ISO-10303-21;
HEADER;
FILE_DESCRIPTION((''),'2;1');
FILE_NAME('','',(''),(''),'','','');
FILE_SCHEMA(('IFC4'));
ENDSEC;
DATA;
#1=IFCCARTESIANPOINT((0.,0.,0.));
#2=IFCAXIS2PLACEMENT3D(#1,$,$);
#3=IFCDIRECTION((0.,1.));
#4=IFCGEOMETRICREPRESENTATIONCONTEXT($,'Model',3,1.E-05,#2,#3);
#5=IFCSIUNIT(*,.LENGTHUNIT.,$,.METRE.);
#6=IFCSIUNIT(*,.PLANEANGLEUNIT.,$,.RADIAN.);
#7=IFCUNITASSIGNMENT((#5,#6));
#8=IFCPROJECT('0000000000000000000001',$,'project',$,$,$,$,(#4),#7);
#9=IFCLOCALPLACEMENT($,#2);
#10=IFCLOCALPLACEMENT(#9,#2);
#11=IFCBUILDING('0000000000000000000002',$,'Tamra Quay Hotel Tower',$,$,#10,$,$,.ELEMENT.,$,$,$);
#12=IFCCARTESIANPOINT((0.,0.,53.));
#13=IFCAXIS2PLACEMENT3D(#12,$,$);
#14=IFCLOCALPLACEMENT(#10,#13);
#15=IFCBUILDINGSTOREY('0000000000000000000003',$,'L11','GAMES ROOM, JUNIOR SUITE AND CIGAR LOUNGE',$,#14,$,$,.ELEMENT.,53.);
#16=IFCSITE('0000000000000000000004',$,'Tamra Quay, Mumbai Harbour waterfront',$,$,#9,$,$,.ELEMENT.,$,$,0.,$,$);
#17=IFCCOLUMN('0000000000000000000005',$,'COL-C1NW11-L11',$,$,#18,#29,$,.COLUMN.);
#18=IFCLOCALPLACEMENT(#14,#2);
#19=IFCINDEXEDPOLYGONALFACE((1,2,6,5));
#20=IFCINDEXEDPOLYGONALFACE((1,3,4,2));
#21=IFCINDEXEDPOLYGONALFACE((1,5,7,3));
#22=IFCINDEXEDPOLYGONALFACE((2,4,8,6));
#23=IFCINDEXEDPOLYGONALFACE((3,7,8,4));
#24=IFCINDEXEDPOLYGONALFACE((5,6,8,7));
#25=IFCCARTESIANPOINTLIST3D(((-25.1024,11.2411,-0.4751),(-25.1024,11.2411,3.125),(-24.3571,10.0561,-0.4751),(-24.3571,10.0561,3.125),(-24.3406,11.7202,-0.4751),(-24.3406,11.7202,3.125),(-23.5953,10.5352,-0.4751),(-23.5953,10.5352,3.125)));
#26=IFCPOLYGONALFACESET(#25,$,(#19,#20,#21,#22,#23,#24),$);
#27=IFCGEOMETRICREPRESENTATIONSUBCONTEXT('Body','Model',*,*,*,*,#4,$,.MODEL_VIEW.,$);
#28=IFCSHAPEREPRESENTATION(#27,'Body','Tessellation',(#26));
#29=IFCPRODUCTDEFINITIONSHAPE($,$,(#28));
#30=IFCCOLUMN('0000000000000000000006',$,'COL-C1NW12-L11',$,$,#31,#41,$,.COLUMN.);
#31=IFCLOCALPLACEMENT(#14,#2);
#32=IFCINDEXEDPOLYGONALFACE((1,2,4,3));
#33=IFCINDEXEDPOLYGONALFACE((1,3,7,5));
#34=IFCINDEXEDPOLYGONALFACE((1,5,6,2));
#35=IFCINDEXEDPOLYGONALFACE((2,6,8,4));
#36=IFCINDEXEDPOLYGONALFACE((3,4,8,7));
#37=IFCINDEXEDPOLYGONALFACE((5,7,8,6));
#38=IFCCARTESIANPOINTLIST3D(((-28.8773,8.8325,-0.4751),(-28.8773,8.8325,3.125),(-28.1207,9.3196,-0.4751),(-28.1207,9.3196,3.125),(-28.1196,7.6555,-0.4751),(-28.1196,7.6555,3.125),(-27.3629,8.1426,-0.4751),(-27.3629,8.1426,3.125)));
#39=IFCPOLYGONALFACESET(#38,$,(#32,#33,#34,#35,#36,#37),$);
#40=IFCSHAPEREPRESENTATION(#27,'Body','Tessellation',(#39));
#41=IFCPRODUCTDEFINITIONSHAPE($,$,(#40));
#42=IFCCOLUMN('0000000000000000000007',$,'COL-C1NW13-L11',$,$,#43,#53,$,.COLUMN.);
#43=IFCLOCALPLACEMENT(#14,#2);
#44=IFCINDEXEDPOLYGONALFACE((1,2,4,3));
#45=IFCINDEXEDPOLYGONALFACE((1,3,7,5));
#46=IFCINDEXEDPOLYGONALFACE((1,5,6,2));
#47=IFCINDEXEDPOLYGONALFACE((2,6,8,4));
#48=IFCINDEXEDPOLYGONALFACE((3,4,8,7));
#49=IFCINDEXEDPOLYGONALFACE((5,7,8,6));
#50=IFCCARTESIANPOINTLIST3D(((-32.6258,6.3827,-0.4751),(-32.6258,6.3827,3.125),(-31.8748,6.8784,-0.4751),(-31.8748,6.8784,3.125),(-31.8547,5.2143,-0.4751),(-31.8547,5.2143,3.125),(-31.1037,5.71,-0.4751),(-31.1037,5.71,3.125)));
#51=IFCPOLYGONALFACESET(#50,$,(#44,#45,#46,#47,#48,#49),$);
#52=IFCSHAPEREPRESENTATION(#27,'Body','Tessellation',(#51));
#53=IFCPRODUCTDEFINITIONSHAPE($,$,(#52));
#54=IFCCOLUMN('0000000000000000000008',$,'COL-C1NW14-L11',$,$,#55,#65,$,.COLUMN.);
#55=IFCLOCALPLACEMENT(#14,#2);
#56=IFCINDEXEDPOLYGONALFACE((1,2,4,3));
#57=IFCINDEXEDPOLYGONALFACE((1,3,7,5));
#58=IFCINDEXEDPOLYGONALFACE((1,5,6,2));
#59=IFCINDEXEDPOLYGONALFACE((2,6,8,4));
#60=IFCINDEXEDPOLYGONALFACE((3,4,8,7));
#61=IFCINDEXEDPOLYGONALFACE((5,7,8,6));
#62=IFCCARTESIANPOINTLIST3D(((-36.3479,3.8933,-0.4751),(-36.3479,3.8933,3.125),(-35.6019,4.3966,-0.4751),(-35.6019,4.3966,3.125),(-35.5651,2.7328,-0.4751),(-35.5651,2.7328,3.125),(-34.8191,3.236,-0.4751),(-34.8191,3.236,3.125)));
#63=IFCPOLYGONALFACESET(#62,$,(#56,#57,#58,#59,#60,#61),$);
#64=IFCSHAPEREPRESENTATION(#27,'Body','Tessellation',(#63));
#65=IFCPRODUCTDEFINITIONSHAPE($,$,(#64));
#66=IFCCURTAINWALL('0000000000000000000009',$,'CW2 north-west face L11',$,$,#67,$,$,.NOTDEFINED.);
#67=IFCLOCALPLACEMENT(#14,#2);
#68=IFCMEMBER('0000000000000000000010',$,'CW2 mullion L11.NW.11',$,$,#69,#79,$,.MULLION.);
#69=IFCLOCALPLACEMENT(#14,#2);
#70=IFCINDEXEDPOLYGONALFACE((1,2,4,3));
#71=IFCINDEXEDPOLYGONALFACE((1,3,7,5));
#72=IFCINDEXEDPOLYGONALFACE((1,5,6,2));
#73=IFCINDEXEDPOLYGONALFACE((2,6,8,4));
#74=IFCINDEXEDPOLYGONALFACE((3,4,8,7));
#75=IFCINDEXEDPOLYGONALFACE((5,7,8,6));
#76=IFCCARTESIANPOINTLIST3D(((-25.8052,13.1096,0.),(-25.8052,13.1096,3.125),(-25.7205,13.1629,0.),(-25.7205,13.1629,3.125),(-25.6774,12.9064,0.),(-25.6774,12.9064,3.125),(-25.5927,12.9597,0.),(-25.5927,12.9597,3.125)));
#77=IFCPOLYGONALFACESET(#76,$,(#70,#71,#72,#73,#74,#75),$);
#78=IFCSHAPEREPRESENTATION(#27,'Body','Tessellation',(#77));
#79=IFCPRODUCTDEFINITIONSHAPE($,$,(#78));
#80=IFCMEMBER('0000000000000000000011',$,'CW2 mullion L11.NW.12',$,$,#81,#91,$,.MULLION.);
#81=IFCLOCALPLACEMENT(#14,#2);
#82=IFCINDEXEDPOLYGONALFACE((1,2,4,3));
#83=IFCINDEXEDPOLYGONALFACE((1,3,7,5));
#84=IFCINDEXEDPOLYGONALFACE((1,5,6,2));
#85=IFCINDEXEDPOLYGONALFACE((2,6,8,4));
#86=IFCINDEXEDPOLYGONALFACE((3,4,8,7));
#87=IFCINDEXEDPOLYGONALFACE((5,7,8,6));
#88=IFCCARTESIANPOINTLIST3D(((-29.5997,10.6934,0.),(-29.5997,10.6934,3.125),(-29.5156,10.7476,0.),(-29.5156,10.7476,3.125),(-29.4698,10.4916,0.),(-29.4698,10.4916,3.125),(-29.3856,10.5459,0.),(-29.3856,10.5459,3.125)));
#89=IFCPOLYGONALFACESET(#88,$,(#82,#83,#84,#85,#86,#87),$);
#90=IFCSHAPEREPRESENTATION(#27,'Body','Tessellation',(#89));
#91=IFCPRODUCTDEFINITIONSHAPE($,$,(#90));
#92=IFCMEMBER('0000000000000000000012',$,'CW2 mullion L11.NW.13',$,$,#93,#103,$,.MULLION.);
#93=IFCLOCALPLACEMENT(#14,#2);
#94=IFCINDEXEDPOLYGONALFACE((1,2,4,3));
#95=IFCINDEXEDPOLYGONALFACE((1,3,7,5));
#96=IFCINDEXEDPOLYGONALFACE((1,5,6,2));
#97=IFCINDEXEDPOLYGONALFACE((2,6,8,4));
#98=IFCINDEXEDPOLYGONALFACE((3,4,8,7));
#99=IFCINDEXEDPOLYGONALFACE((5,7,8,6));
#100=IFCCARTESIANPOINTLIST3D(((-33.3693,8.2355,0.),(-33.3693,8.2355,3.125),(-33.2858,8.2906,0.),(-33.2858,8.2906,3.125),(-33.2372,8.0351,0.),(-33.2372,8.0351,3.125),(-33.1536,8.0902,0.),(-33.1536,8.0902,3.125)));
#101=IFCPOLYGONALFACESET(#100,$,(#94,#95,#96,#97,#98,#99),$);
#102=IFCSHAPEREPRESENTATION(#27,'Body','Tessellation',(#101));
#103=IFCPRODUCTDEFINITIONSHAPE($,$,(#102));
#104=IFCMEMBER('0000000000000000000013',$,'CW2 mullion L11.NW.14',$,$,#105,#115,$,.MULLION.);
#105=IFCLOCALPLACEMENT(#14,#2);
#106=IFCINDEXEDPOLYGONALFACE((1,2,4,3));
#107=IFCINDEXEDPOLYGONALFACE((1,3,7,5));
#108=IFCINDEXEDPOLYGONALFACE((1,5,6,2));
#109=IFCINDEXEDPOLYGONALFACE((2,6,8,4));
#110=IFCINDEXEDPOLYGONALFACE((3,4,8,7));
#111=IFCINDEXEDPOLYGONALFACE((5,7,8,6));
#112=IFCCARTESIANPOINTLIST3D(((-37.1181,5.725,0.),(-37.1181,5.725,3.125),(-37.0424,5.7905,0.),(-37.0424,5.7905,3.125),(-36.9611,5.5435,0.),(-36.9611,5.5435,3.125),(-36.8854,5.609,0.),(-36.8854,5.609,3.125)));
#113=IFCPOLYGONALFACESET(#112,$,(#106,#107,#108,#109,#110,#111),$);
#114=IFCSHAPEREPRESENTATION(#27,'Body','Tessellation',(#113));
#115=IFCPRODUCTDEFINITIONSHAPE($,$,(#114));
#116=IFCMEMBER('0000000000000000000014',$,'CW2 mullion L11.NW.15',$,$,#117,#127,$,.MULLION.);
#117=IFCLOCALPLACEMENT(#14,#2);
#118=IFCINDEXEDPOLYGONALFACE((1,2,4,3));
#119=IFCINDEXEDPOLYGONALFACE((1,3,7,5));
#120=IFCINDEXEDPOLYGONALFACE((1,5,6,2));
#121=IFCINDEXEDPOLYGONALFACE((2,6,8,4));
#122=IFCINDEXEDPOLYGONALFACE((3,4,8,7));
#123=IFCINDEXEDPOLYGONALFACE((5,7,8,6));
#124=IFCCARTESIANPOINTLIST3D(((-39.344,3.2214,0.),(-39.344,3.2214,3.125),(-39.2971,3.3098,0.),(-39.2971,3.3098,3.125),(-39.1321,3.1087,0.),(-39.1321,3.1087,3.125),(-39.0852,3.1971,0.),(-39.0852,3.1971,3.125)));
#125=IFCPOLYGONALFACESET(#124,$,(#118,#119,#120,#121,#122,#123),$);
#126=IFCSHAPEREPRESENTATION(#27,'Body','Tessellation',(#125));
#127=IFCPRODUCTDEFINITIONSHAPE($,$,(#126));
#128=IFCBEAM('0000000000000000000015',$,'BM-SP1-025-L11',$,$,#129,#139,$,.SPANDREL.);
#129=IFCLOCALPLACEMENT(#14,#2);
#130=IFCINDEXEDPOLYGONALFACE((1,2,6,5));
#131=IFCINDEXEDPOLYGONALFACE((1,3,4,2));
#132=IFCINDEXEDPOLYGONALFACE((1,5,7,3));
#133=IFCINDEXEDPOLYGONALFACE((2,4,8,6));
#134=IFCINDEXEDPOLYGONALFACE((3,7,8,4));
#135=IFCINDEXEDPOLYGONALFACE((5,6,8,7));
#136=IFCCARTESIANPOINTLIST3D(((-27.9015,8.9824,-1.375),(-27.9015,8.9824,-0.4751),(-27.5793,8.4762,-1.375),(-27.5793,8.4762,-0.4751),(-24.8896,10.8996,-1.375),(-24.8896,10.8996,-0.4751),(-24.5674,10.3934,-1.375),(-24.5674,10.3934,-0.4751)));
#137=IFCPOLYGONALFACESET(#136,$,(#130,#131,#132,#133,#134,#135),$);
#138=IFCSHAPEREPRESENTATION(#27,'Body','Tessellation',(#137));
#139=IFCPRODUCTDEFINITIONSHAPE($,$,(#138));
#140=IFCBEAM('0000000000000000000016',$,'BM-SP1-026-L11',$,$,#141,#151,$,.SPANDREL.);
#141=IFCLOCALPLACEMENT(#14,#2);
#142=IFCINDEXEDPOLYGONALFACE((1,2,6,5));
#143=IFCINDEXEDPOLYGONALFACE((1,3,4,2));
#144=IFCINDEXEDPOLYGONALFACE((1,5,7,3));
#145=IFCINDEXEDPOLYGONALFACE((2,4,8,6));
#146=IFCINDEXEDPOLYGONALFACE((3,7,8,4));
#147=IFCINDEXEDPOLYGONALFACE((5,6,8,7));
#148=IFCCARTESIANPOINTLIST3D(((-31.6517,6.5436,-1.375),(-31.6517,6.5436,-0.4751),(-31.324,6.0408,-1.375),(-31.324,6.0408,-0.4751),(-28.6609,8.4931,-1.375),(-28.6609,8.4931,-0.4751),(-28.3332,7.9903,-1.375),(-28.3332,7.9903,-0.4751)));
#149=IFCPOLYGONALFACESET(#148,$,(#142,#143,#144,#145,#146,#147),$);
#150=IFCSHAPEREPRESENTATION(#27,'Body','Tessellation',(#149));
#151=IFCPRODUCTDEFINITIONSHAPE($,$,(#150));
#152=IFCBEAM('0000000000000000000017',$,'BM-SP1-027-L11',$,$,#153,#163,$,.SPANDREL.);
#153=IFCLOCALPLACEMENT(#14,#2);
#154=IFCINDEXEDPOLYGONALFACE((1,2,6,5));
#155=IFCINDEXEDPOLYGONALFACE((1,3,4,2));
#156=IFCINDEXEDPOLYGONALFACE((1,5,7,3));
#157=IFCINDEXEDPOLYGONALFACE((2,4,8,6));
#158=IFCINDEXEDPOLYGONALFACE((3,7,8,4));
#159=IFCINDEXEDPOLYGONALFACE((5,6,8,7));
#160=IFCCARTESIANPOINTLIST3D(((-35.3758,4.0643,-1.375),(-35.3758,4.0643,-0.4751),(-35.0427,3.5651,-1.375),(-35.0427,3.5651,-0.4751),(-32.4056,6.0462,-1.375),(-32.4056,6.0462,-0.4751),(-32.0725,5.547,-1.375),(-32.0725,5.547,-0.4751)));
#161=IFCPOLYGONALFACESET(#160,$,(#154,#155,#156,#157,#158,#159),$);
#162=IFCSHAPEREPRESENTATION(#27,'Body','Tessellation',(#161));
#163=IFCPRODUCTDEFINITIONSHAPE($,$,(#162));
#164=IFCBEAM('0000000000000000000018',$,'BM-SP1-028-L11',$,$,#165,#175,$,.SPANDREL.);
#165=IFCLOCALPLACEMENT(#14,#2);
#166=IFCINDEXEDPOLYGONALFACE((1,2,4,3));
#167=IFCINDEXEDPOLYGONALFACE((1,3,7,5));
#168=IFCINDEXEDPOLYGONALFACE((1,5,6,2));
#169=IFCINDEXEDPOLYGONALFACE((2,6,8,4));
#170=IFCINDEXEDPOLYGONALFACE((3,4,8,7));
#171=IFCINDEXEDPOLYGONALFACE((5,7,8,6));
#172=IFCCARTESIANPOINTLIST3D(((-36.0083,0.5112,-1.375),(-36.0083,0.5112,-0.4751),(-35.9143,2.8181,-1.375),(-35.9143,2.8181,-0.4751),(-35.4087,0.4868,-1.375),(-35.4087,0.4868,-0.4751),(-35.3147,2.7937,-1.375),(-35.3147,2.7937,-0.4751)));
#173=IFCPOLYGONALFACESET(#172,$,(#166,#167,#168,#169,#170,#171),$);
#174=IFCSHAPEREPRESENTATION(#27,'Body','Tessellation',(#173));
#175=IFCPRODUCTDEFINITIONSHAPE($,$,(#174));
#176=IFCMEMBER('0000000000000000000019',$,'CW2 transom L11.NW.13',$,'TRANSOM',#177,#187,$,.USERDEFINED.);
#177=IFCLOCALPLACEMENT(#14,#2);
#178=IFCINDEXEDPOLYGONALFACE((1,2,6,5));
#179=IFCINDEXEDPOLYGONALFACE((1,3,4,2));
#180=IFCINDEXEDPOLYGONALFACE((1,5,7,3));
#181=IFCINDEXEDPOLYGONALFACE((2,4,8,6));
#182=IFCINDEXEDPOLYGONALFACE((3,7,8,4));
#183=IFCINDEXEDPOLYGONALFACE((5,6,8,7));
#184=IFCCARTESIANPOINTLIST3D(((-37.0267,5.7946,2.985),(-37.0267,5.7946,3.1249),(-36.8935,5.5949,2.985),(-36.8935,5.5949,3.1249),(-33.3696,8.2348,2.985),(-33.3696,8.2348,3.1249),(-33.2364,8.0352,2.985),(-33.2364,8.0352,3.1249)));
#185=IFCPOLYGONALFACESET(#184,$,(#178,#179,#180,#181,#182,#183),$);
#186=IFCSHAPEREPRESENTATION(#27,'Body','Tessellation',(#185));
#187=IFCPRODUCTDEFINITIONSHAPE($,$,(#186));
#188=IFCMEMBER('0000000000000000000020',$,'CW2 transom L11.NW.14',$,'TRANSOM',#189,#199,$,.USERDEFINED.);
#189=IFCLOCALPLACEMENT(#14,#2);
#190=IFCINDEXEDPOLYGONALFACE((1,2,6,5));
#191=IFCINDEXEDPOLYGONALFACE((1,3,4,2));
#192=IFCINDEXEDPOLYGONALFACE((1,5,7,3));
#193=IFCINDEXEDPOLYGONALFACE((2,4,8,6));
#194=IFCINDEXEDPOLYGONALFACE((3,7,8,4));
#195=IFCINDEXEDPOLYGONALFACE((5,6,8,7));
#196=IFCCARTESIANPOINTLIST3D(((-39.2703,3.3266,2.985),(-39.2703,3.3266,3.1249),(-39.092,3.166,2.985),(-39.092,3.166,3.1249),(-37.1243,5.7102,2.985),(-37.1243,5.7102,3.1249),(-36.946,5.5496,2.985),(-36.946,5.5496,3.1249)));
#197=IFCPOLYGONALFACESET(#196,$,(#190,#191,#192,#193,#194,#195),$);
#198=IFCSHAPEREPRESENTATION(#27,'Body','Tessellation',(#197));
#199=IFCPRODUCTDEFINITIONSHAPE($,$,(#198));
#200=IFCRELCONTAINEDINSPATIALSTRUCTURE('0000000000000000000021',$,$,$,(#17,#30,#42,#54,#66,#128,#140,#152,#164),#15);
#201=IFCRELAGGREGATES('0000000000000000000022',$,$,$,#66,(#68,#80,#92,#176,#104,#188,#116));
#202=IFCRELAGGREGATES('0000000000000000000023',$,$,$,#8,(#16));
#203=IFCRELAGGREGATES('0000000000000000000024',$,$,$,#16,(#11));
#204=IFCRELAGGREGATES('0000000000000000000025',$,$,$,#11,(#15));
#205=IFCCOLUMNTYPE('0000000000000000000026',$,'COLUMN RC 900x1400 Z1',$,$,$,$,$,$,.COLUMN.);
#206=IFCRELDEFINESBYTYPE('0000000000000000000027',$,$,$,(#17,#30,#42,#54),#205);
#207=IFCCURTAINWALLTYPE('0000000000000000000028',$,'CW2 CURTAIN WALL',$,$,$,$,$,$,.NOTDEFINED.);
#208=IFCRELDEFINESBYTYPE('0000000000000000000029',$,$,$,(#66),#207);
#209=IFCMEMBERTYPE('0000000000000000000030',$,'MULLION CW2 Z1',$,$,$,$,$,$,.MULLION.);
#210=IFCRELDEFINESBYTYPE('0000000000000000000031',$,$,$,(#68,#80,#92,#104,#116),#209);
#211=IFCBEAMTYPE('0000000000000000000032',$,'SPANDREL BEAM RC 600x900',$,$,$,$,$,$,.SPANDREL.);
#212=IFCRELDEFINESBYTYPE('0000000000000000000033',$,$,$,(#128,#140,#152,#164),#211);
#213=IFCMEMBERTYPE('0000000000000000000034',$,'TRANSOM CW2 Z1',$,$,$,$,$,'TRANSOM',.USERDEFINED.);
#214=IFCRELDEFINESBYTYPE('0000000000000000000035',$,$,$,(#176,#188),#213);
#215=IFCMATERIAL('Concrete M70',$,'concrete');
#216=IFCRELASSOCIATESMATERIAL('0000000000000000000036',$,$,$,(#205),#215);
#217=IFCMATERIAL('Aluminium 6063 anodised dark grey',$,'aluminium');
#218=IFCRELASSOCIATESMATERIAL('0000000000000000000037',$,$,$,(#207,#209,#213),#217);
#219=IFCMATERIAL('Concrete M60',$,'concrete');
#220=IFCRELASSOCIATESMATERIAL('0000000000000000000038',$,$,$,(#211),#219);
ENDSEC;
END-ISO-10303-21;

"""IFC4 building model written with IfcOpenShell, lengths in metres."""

from ifc_helpers import new_model, si_unit, direction, frame, origin, origin_2d, place, context, subcontext, project, spatial, rectangle, extrude, material, material_profile, profile_set, type_object, element, aggregate, save


model = new_model("IFC4")

# Units and contexts
model_context = context("Model", 3, precision=1e-05, world=origin(), true_north=direction((0.0, 1.0)))
body_context = subcontext(model_context, "Body", "Model", "MODEL_VIEW")
ifc_project = project(units=[si_unit("LENGTHUNIT", "METRE"), si_unit("PLANEANGLEUNIT", "RADIAN")], contexts=[model_context])

# Site, building, storey
site_placement = place(None, origin())
site = spatial("IfcSite", under=ifc_project, at=site_placement, Name="Tamra Quay, Mumbai Harbour waterfront", CompositionType="ELEMENT", RefElevation=0.0)
building_placement = place(site_placement, origin())
building = spatial("IfcBuilding", under=site, at=building_placement, Name="Tamra Quay Hotel Tower", CompositionType="ELEMENT")
storey_placement = place(building_placement, frame((0.0, 0.0, 53.0)))
storey = spatial("IfcBuildingStorey", under=building, at=storey_placement, Name="L11", Description="GAMES ROOM, JUNIOR SUITE AND CIGAR LOUNGE", CompositionType="ELEMENT", Elevation=53.0)

# Columns
ifc_material_1 = material(Name="Concrete M70", Category="concrete")
ifc_material_profile_1 = material_profile(ifc_material_1, rectangle(XDim=1.3999, YDim=0.8999, at=origin_2d()), Name="COLUMN RC 900x1400 Z1")
ifc_profile_set_1 = profile_set([ifc_material_profile_1], Name="Concrete M70")
column_type = type_object("IfcColumnType", Name="COLUMN RC 900x1400 Z1", PredefinedType="COLUMN", material=ifc_profile_set_1)
for number, where, z_axis, x_axis, name in (
    (1, (-24.3489, 10.8882, -0.4751), (0.0, 0.0, 1.0), (-0.532389, 0.8465, 0.0), "COL-C1NW11-L11"),
    (2, (-28.1201, 8.4875, -0.4751), (0.0, 0.0, 1.0), (-0.541283, 0.840841, 0.0), "COL-C1NW12-L11"),
    (3, (-31.8647, 6.0464, -0.4751), (0.0, 0.0, 1.0), (-0.550838, 0.834612, 0.0), "COL-C1NW13-L11"),
    (4, (-35.5835, 3.5647, -0.4751), (0.0, 0.0, 1.0), (-0.55922, 0.829019, 0.0), "COL-C1NW14-L11"),
):
    element("IfcColumn", number, at=place(storey_placement, frame(where, z_axis=z_axis, x_axis=x_axis)), inside=storey, type_object=column_type, Name=name, PredefinedType="COLUMN", context=body_context, shape_type="SweptSolid", body=[
        extrude(rectangle(XDim=1.3999, YDim=0.8999, at=origin_2d()), origin(), (0.0, 0.0, 1.0), 3.6001),
    ])

# Curtain wall, members
ifc_material_2 = material(Name="Aluminium 6063 anodised dark grey", Category="aluminium")
curtain_wall_type = type_object("IfcCurtainWallType", Name="CW2 CURTAIN WALL", PredefinedType="NOTDEFINED", material=ifc_material_2)
curtain_wall_placement = place(storey_placement, origin())
curtain_wall = element("IfcCurtainWall", 5, at=curtain_wall_placement, inside=storey, type_object=curtain_wall_type, Name="CW2 north-west face L11", PredefinedType="NOTDEFINED")
ifc_material_profile_2 = material_profile(ifc_material_2, rectangle(XDim=0.24, YDim=0.1001, at=origin_2d()), Name="MULLION 100X240")
ifc_profile_set_2 = profile_set([ifc_material_profile_2], Name="Aluminium 6063 anodised dark grey")
member_type_1 = type_object("IfcMemberType", Name="MULLION CW2 Z1", PredefinedType="MULLION", material=ifc_profile_set_2)
member_1_placement = place(storey_placement, frame((-25.699, 13.0347, 0.0), z_axis=(0.0, 0.0, 1.0), x_axis=(-0.532447, 0.846463, 0.0)))
member_1 = element("IfcMember", 6, at=member_1_placement, type_object=member_type_1, Name="CW2 mullion L11.NW.11", PredefinedType="MULLION", context=body_context, shape_type="SweptSolid", body=[
    extrude(rectangle(XDim=0.24, YDim=0.1001, at=origin_2d()), origin(), (0.0, 0.0, 1.0), 3.125),
])
member_2_placement = place(storey_placement, frame((-29.4927, 10.6196, 0.0), z_axis=(0.0, 0.0, 1.0), x_axis=(-0.541561, 0.840662, 0.0)))
member_2 = element("IfcMember", 7, at=member_2_placement, type_object=member_type_1, Name="CW2 mullion L11.NW.12", PredefinedType="MULLION", context=body_context, shape_type="SweptSolid", body=[
    extrude(rectangle(XDim=0.24, YDim=0.1001, at=origin_2d()), origin(), (0.0, 0.0, 1.0), 3.125),
])
member_3_placement = place(storey_placement, frame((-33.2615, 8.1628, 0.0), z_axis=(0.0, 0.0, 1.0), x_axis=(-0.550591, 0.834775, 0.0)))
member_3 = element("IfcMember", 8, at=member_3_placement, type_object=member_type_1, Name="CW2 mullion L11.NW.13", PredefinedType="MULLION", context=body_context, shape_type="SweptSolid", body=[
    extrude(rectangle(XDim=0.24, YDim=0.1001, at=origin_2d()), origin(), (0.0, 0.0, 1.0), 3.125),
])
member_4_placement = place(storey_placement, frame((-37.0017, 5.667, 0.0), z_axis=(0.0, 0.0, 1.0), x_axis=(-0.654197, 0.756324, 0.0)))
member_4 = element("IfcMember", 9, at=member_4_placement, type_object=member_type_1, Name="CW2 mullion L11.NW.14", PredefinedType="MULLION", context=body_context, shape_type="SweptSolid", body=[
    extrude(rectangle(XDim=0.24, YDim=0.1001, at=origin_2d()), origin(), (0.0, 0.0, 1.0), 3.125),
])
member_5_placement = place(storey_placement, frame((-39.2146, 3.2092, 0.0), z_axis=(0.0, 0.0, 1.0), x_axis=(-0.882955, 0.469457, 0.0)))
member_5 = element("IfcMember", 10, at=member_5_placement, type_object=member_type_1, Name="CW2 mullion L11.NW.15", PredefinedType="MULLION", context=body_context, shape_type="SweptSolid", body=[
    extrude(rectangle(XDim=0.24, YDim=0.1001, at=origin_2d()), origin(), (0.0, 0.0, 1.0), 3.125),
])

# Beams
ifc_material_3 = material(Name="Concrete M60", Category="concrete")
ifc_material_profile_3 = material_profile(ifc_material_3, rectangle(XDim=0.6001, YDim=0.8999, at=origin_2d()), Name="SPANDREL BEAM RC 600x900")
ifc_profile_set_3 = profile_set([ifc_material_profile_3], Name="Concrete M60")
beam_type = type_object("IfcBeamType", Name="SPANDREL BEAM RC 600x900", PredefinedType="SPANDREL", material=ifc_profile_set_3)
beam_1_placement = place(storey_placement, frame((-24.7285, 10.6465, -0.925), z_axis=(-0.843594, -0.536982, 0.0), x_axis=(0.536982, -0.843594, 0.0)))
element("IfcBeam", 11, at=beam_1_placement, inside=storey, type_object=beam_type, Name="BM-SP1-025-L11", PredefinedType="SPANDREL", context=body_context, shape_type="SweptSolid", body=[
    extrude(rectangle(XDim=0.6001, YDim=0.8999, at=origin_2d()), origin(), (0.0, 0.0, 1.0), 3.5703),
])
beam_2_placement = place(storey_placement, frame((-28.4971, 8.2417, -0.925), z_axis=(-0.83774, -0.54607, 0.0), x_axis=(0.54607, -0.83774, 0.0)))
element("IfcBeam", 12, at=beam_2_placement, inside=storey, type_object=beam_type, Name="BM-SP1-026-L11", PredefinedType="SPANDREL", context=body_context, shape_type="SweptSolid", body=[
    extrude(rectangle(XDim=0.6001, YDim=0.8999, at=origin_2d()), origin(), (0.0, 0.0, 1.0), 3.5701),
])
beam_3_placement = place(storey_placement, frame((-32.239, 5.7966, -0.925), z_axis=(-0.831819, -0.555047, 0.0), x_axis=(0.555047, -0.831819, 0.0)))
element("IfcBeam", 13, at=beam_3_placement, inside=storey, type_object=beam_type, Name="BM-SP1-027-L11", PredefinedType="SPANDREL", context=body_context, shape_type="SweptSolid", body=[
    extrude(rectangle(XDim=0.6001, YDim=0.8999, at=origin_2d()), origin(), (0.0, 0.0, 1.0), 3.5708),
])
beam_4_placement = place(storey_placement, frame((-35.6145, 2.8059, -0.925), z_axis=(-0.040711, -0.999171, 0.0), x_axis=(0.999171, -0.040711, 0.0)))
element("IfcBeam", 14, at=beam_4_placement, inside=storey, type_object=beam_type, Name="BM-SP1-028-L11", PredefinedType="SPANDREL", context=body_context, shape_type="SweptSolid", body=[
    extrude(rectangle(XDim=0.6001, YDim=0.8999, at=origin_2d()), origin(), (0.0, 0.0, 1.0), 2.3088),
])

# Members
ifc_material_profile_4 = material_profile(ifc_material_2, rectangle(XDim=0.24, YDim=0.1399, at=origin_2d()), Name="TRANSOM 240X140")
ifc_profile_set_4 = profile_set([ifc_material_profile_4], Name="Aluminium 6063 anodised dark grey")
member_type_2 = type_object("IfcMemberType", Name="TRANSOM CW2 Z1", ElementType="TRANSOM", PredefinedType="USERDEFINED", material=ifc_profile_set_4)
member_6_placement = place(storey_placement, frame((-33.303, 8.135, 3.0549), z_axis=(-0.83182, -0.555046, 0.0), x_axis=(0.555046, -0.83182, 0.0)))
member_6 = element("IfcMember", 15, at=member_6_placement, type_object=member_type_2, Name="CW2 transom L11.NW.13", ObjectType="TRANSOM", PredefinedType="USERDEFINED", context=body_context, shape_type="SweptSolid", body=[
    extrude(rectangle(XDim=0.24, YDim=0.1399, at=origin_2d()), origin(), (0.0, 0.0, 1.0), 4.3965),
])
member_7_placement = place(storey_placement, frame((-37.0352, 5.6299, 3.0549), z_axis=(-0.669104, -0.743169, 0.0), x_axis=(0.743169, -0.669104, 0.0)))
member_7 = element("IfcMember", 16, at=member_7_placement, type_object=member_type_2, Name="CW2 transom L11.NW.14", ObjectType="TRANSOM", PredefinedType="USERDEFINED", context=body_context, shape_type="SweptSolid", body=[
    extrude(rectangle(XDim=0.24, YDim=0.1399, at=origin_2d()), origin(), (0.0, 0.0, 1.0), 3.2073),
])

aggregate(curtain_wall, [member_1, member_2, member_3, member_6, member_4, member_7, member_5])

save(model, "model.ifc")
